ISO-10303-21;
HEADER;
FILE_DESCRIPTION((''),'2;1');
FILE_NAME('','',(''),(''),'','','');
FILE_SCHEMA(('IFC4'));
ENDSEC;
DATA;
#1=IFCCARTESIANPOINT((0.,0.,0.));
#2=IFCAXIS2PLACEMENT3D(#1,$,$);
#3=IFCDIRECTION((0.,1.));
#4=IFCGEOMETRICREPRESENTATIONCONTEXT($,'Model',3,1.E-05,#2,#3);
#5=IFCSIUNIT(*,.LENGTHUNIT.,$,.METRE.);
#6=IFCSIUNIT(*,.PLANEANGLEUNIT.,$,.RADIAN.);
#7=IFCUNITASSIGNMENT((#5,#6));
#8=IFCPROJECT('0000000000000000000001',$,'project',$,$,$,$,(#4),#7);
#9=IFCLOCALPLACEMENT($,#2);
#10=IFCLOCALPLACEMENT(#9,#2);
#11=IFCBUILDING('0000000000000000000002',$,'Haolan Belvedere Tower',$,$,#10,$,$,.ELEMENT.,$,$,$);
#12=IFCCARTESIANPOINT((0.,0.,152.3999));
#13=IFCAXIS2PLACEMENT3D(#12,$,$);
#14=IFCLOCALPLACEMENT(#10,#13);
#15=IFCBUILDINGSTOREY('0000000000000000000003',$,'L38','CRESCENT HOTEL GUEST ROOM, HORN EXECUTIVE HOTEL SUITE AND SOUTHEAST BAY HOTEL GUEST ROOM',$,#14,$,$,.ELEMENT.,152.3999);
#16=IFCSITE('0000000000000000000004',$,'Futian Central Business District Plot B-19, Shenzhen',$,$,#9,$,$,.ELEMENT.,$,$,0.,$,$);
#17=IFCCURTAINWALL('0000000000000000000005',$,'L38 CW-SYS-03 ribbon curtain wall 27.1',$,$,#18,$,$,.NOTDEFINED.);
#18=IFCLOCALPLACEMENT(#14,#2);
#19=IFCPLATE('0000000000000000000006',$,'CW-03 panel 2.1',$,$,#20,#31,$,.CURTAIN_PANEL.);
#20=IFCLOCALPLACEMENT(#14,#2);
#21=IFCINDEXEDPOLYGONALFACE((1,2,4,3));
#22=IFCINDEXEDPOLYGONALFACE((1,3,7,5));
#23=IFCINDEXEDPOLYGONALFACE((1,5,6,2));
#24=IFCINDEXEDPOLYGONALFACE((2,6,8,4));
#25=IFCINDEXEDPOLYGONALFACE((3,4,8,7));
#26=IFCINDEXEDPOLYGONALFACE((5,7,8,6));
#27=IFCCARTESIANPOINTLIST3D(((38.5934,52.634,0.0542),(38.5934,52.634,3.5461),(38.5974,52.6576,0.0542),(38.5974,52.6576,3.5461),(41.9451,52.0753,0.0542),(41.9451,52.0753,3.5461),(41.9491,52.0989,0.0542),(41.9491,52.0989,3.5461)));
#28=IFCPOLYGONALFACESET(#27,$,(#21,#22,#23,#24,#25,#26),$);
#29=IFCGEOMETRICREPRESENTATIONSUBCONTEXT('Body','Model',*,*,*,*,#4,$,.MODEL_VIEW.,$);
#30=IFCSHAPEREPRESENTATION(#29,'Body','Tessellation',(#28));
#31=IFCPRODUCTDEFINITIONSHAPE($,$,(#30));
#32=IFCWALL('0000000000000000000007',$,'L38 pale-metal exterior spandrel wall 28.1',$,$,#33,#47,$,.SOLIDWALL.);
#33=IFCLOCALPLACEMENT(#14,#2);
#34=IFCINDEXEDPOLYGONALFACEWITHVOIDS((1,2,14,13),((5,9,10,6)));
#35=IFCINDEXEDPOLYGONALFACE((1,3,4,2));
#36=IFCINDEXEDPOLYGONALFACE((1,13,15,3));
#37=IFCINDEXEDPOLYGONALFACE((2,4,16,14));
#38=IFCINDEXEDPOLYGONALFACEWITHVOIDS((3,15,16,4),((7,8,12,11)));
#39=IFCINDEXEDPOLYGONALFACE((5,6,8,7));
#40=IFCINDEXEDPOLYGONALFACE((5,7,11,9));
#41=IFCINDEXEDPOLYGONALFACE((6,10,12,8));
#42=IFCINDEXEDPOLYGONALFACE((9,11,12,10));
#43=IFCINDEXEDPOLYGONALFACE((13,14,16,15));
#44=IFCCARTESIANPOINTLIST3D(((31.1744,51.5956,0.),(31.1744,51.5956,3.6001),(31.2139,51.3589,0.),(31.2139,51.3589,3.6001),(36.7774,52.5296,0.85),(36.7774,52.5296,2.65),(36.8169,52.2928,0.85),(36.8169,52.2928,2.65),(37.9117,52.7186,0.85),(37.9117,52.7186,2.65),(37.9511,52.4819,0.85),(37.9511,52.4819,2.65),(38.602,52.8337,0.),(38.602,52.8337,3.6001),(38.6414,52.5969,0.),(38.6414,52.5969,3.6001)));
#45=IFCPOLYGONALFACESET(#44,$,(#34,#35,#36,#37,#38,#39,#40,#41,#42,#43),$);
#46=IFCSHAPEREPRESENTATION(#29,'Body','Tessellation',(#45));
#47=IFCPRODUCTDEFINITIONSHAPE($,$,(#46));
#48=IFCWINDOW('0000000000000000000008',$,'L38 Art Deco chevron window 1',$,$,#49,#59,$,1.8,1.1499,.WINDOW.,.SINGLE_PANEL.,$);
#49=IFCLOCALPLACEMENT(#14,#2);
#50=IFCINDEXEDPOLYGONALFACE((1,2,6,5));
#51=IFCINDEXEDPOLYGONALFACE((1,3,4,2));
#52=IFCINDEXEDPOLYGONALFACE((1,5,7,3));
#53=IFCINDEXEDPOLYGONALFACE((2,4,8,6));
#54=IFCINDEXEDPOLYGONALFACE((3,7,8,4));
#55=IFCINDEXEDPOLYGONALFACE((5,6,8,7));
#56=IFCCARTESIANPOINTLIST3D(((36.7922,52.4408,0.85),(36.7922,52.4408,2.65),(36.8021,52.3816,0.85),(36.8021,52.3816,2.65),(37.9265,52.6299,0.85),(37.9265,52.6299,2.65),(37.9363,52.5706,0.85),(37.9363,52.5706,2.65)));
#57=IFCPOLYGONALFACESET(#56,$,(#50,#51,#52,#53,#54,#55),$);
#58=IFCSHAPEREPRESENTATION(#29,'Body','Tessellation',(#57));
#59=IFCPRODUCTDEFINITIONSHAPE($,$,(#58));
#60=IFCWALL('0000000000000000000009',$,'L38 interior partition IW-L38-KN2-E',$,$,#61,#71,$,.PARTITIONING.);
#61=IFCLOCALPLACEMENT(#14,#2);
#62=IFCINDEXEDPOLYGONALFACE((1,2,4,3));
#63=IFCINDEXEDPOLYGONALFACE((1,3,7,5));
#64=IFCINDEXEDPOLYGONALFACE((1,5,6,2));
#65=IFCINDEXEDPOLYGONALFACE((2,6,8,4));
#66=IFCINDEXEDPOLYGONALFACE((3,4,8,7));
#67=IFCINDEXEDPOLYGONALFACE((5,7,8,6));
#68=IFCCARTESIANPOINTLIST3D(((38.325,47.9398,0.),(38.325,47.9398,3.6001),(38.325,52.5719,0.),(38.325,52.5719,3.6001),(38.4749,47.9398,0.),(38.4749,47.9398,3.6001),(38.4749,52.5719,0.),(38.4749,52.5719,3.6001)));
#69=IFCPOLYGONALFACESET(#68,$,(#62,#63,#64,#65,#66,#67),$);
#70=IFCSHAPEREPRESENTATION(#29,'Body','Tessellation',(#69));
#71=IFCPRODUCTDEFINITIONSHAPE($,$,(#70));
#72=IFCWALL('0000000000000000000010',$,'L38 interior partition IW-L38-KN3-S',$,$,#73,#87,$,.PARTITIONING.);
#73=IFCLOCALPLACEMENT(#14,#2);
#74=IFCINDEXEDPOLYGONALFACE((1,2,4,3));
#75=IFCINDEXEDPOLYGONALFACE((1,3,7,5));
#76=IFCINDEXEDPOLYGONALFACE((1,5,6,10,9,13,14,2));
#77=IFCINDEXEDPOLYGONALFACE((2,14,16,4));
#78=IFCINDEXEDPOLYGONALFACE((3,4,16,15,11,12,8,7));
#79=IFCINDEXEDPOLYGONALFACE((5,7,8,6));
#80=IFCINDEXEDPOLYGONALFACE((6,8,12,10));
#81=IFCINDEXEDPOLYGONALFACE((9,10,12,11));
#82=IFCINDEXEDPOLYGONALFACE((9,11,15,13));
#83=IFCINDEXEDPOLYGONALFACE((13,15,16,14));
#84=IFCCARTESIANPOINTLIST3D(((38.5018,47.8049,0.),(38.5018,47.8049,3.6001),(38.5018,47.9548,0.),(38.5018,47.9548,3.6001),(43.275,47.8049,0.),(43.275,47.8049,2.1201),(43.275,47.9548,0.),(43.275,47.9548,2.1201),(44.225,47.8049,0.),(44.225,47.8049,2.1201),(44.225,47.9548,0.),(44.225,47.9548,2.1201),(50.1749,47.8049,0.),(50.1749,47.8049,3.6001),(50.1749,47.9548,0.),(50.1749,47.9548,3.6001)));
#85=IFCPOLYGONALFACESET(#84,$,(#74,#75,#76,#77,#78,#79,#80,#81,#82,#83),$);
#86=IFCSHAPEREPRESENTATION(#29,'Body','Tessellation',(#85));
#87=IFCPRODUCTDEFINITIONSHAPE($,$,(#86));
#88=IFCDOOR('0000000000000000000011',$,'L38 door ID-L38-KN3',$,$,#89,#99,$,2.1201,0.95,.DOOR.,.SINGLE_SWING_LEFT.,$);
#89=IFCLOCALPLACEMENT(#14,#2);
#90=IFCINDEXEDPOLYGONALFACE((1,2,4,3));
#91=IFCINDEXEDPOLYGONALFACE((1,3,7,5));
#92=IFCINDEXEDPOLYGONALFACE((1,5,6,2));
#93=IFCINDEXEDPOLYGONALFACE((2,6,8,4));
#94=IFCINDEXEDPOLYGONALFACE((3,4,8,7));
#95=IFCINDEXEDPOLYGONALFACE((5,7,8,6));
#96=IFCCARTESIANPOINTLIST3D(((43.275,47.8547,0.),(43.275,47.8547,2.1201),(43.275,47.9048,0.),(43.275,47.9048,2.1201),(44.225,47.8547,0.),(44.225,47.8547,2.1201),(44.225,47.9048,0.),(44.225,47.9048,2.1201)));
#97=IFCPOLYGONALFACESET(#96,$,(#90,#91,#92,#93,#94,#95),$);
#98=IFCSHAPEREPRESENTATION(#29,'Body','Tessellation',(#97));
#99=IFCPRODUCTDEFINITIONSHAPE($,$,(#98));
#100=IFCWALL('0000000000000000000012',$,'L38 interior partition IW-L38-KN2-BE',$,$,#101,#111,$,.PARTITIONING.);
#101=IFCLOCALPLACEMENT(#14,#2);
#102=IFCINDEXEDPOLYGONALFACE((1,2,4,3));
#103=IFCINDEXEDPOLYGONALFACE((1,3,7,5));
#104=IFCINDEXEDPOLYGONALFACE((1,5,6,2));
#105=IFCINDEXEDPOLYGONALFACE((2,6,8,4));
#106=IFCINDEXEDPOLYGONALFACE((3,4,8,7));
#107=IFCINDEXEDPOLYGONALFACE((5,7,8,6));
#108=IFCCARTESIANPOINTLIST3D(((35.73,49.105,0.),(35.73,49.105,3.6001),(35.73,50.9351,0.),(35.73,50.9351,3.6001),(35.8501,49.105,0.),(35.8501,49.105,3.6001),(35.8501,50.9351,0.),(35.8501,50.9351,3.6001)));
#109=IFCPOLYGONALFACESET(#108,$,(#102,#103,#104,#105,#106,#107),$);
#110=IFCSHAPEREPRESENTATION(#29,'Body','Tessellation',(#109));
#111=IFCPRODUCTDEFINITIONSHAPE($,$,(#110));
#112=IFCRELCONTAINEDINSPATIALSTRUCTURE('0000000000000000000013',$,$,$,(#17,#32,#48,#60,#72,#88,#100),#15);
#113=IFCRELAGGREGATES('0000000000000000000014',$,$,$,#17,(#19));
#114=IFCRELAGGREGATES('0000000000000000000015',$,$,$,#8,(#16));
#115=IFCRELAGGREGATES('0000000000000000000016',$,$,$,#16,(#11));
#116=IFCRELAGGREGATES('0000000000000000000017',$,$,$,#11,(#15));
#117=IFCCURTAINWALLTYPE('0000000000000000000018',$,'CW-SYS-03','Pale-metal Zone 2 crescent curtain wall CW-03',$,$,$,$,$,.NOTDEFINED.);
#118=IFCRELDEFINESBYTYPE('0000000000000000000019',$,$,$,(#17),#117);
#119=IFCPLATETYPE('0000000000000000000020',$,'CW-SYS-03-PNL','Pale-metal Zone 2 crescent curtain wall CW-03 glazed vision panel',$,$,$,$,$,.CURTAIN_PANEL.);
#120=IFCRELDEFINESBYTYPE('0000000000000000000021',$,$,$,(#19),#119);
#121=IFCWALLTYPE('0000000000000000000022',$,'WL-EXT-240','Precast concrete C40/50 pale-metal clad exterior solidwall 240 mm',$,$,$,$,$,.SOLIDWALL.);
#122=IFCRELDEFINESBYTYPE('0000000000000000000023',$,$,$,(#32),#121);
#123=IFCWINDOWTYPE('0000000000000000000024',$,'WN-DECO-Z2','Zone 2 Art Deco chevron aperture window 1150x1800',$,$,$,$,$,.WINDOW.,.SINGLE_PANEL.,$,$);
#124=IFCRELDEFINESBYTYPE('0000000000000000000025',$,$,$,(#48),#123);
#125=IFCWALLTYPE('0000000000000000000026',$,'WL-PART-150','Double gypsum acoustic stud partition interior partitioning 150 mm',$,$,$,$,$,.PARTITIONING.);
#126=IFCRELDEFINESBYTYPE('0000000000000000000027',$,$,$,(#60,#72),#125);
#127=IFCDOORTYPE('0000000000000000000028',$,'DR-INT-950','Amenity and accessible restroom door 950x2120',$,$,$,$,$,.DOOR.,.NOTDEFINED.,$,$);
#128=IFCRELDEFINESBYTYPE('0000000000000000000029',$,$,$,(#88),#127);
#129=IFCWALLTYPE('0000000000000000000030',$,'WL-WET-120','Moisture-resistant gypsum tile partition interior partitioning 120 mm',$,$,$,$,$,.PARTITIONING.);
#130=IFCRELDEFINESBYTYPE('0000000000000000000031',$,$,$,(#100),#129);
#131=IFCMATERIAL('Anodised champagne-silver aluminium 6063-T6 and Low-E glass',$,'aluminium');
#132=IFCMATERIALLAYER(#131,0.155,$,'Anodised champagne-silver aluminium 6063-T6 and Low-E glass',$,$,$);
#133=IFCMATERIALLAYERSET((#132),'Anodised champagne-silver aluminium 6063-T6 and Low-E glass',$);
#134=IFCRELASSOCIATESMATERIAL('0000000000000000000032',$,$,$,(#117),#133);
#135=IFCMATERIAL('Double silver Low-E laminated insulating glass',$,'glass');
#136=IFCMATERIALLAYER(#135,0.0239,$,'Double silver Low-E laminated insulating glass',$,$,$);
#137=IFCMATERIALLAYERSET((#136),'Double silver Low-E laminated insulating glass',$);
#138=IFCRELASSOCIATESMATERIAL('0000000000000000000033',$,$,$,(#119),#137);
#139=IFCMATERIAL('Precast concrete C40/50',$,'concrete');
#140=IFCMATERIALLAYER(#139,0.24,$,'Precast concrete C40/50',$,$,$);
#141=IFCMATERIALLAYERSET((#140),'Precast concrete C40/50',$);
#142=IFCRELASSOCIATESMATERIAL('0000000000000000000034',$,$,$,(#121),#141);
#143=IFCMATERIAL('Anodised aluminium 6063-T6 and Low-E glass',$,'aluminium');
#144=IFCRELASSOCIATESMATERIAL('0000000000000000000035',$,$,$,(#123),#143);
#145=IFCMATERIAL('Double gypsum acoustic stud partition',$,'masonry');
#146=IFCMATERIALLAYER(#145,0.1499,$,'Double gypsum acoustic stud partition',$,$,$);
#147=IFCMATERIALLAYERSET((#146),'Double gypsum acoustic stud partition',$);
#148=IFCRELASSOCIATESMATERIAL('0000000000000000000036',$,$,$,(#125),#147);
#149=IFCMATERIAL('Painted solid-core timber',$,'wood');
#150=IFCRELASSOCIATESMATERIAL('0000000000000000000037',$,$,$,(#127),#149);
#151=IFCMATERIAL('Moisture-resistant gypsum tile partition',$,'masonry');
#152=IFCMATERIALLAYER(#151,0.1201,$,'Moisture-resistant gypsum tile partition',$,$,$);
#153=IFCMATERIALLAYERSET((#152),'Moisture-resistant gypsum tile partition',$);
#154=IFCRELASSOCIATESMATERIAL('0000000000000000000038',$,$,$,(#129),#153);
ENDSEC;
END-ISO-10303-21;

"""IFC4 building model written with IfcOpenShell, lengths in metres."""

from ifc_helpers import new_model, si_unit, direction, frame, frame_2d, origin, origin_2d, place, context, subcontext, project, spatial, rectangle, extrude, material, layer, layer_set, type_object, element, fill, aggregate, save


model = new_model("IFC4")

# Units and contexts
model_context = context("Model", 3, precision=1e-05, world=origin(), true_north=direction((0.0, 1.0)))
body_context = subcontext(model_context, "Body", "Model", "MODEL_VIEW")
ifc_project = project(units=[si_unit("LENGTHUNIT", "METRE"), si_unit("PLANEANGLEUNIT", "RADIAN")], contexts=[model_context])

# Site, building, storey
site_placement = place(None, origin())
site = spatial("IfcSite", under=ifc_project, at=site_placement, Name="Futian Central Business District Plot B-19, Shenzhen", CompositionType="ELEMENT", RefElevation=0.0)
building_placement = place(site_placement, origin())
building = spatial("IfcBuilding", under=site, at=building_placement, Name="Haolan Belvedere Tower", CompositionType="ELEMENT")
storey_placement = place(building_placement, frame((0.0, 0.0, 152.3999)))
storey = spatial("IfcBuildingStorey", under=building, at=storey_placement, Name="L38", Description="CRESCENT HOTEL GUEST ROOM, HORN EXECUTIVE HOTEL SUITE AND SOUTHEAST BAY HOTEL GUEST ROOM", CompositionType="ELEMENT", Elevation=152.3999)

# Shared definitions
ifc_material_1 = material(Name="Anodised champagne-silver aluminium 6063-T6 and Low-E glass", Category="aluminium")
ifc_layer_1 = layer(ifc_material_1, 0.155, Name="Anodised champagne-silver aluminium 6063-T6 and Low-E glass")
ifc_layer_set_1 = layer_set([ifc_layer_1], Name="Anodised champagne-silver aluminium 6063-T6 and Low-E glass")
curtain_wall_type = type_object("IfcCurtainWallType", Name="CW-SYS-03", Description="Pale-metal Zone 2 crescent curtain wall CW-03", PredefinedType="NOTDEFINED", material=ifc_layer_set_1)

# Curtain wall, plate
curtain_wall_1_placement = place(storey_placement, origin())
curtain_wall_1 = element("IfcCurtainWall", 1, at=curtain_wall_1_placement, inside=storey, type_object=curtain_wall_type, Name="L38 CW-SYS-03 ribbon curtain wall 27.1", PredefinedType="NOTDEFINED")
ifc_material_2 = material(Name="Double silver Low-E laminated insulating glass", Category="glass")
ifc_layer_2 = layer(ifc_material_2, 0.0239, Name="Double silver Low-E laminated insulating glass")
ifc_layer_set_2 = layer_set([ifc_layer_2], Name="Double silver Low-E laminated insulating glass")
plate_type = type_object("IfcPlateType", Name="CW-SYS-03-PNL", Description="Pale-metal Zone 2 crescent curtain wall CW-03 glazed vision panel", PredefinedType="CURTAIN_PANEL", material=ifc_layer_set_2)
plate_1_placement = place(storey_placement, frame((40.2712, 52.3665, 0.0542), z_axis=(0.0, 0.0, 1.0), x_axis=(-0.986393, 0.164404, 0.0)))
plate_1 = element("IfcPlate", 2, at=plate_1_placement, type_object=plate_type, Name="CW-03 panel 2.1", PredefinedType="CURTAIN_PANEL", context=body_context, shape_type="SweptSolid", body=[
    extrude(rectangle(XDim=3.3979, YDim=0.0239, at=origin_2d()), origin(), (0.0, 0.0, 1.0), 3.4919),
])
aggregate(curtain_wall_1, [plate_1])

# Wall, opening, window
ifc_material_3 = material(Name="Precast concrete C40/50", Category="concrete")
ifc_layer_3 = layer(ifc_material_3, 0.24, Name="Precast concrete C40/50")
ifc_layer_set_3 = layer_set([ifc_layer_3], Name="Precast concrete C40/50")
wall_type_1 = type_object("IfcWallType", Name="WL-EXT-240", Description="Precast concrete C40/50 pale-metal clad exterior solidwall 240 mm", PredefinedType="SOLIDWALL", material=ifc_layer_set_3)
wall_1_placement = place(storey_placement, frame((38.6218, 52.7153, 0.0), z_axis=(0.0, 0.0, 1.0), x_axis=(-0.986391, -0.164415, 0.0)))
wall_1 = element("IfcWall", 3, at=wall_1_placement, inside=storey, type_object=wall_type_1, Name="L38 pale-metal exterior spandrel wall 28.1", PredefinedType="SOLIDWALL", context=body_context, shape_type="SweptSolid", body=[
    extrude(rectangle(XDim=7.53, YDim=0.24, at=frame_2d((3.7651, 0.0))), origin(), (0.0, 0.0, 1.0), 3.6001),
])
opening_1_placement = place(wall_1_placement, frame((0.7, 0.0, 0.8501)))
opening_1 = element("IfcOpeningElement", 4, at=opening_1_placement, cuts=wall_1, PredefinedType="OPENING", context=body_context, shape_type="SweptSolid", body=[
    extrude(rectangle(XDim=1.1499, YDim=1.8, at=frame_2d((0.575, 0.8999))), frame((0.0, 0.1299, 0.0), z_axis=(0.0, -1.0, 0.0), x_axis=(1.0, 0.0, 0.0)), (0.0, 0.0, 1.0), 0.26),
])
ifc_material_4 = material(Name="Anodised aluminium 6063-T6 and Low-E glass", Category="aluminium")
window_type = type_object("IfcWindowType", Name="WN-DECO-Z2", Description="Zone 2 Art Deco chevron aperture window 1150x1800", PartitioningType="SINGLE_PANEL", PredefinedType="WINDOW", material=ifc_material_4)
window_placement = place(opening_1_placement, origin())
window = element("IfcWindow", 5, at=window_placement, inside=storey, type_object=window_type, Name="L38 Art Deco chevron window 1", OverallHeight=1.8, OverallWidth=1.1499, PartitioningType="SINGLE_PANEL", PredefinedType="WINDOW", context=body_context, shape_type="SweptSolid", body=[
    extrude(rectangle(XDim=1.1499, YDim=1.8, at=frame_2d((0.575, 0.8999))), frame((0.0, 0.03, 0.0), z_axis=(0.0, -1.0, 0.0), x_axis=(1.0, 0.0, 0.0)), (0.0, 0.0, 1.0), 0.0601),
])
fill(opening_1, window)

# Wall
ifc_material_5 = material(Name="Double gypsum acoustic stud partition", Category="masonry")
ifc_layer_4 = layer(ifc_material_5, 0.1499, Name="Double gypsum acoustic stud partition")
ifc_layer_set_4 = layer_set([ifc_layer_4], Name="Double gypsum acoustic stud partition")
wall_type_2 = type_object("IfcWallType", Name="WL-PART-150", Description="Double gypsum acoustic stud partition interior partitioning 150 mm", PredefinedType="PARTITIONING", material=ifc_layer_set_4)
wall_2_placement = place(storey_placement, frame((38.3999, 47.9399, 0.0), z_axis=(0.0, 0.0, 1.0), x_axis=(0.0, 1.0, 0.0)))
element("IfcWall", 6, at=wall_2_placement, inside=storey, type_object=wall_type_2, Name="L38 interior partition IW-L38-KN2-E", PredefinedType="PARTITIONING", context=body_context, shape_type="SweptSolid", body=[
    extrude(rectangle(XDim=4.6321, YDim=0.1499, at=frame_2d((2.3159, 0.0))), origin(), (0.0, 0.0, 1.0), 3.6001),
])

# Wall, opening, door
wall_3_placement = place(storey_placement, frame((38.502, 47.8799, 0.0), z_axis=(0.0, 0.0, 1.0), x_axis=(1.0, 0.0, 0.0)))
wall_3 = element("IfcWall", 7, at=wall_3_placement, inside=storey, type_object=wall_type_2, Name="L38 interior partition IW-L38-KN3-S", PredefinedType="PARTITIONING", context=body_context, shape_type="SweptSolid", body=[
    extrude(rectangle(XDim=11.6731, YDim=0.1499, at=frame_2d((5.8364, 0.0))), origin(), (0.0, 0.0, 1.0), 3.6001),
])
opening_2_placement = place(wall_3_placement, frame((4.7729, 0.0, 0.0)))
opening_2 = element("IfcOpeningElement", 8, at=opening_2_placement, cuts=wall_3, PredefinedType="OPENING", context=body_context, shape_type="SweptSolid", body=[
    extrude(rectangle(XDim=0.95, YDim=2.1201, at=frame_2d((0.4751, 1.0601))), frame((0.0, 0.085, 0.0), z_axis=(0.0, -1.0, 0.0), x_axis=(1.0, 0.0, 0.0)), (0.0, 0.0, 1.0), 0.1699),
])
ifc_material_6 = material(Name="Painted solid-core timber", Category="wood")
door_type_1 = type_object("IfcDoorType", Name="DR-INT-950", Description="Amenity and accessible restroom door 950x2120", OperationType="NOTDEFINED", PredefinedType="DOOR", material=ifc_material_6)
door_1_placement = place(opening_2_placement, origin())
door_1 = element("IfcDoor", 9, at=door_1_placement, inside=storey, type_object=door_type_1, Name="L38 door ID-L38-KN3", OperationType="SINGLE_SWING_LEFT", OverallHeight=2.1201, OverallWidth=0.95, PredefinedType="DOOR", context=body_context, shape_type="SweptSolid", body=[
    extrude(rectangle(XDim=0.95, YDim=2.1201, at=frame_2d((0.4751, 1.0601))), frame((0.0, 0.0249, 0.0), z_axis=(0.0, -1.0, 0.0), x_axis=(1.0, 0.0, 0.0)), (0.0, 0.0, 1.0), 0.05),
])
fill(opening_2, door_1)

# Wall
ifc_material_7 = material(Name="Moisture-resistant gypsum tile partition", Category="masonry")
ifc_layer_5 = layer(ifc_material_7, 0.1201, Name="Moisture-resistant gypsum tile partition")
ifc_layer_set_5 = layer_set([ifc_layer_5], Name="Moisture-resistant gypsum tile partition")
wall_type_3 = type_object("IfcWallType", Name="WL-WET-120", Description="Moisture-resistant gypsum tile partition interior partitioning 120 mm", PredefinedType="PARTITIONING", material=ifc_layer_set_5)
wall_4_placement = place(storey_placement, frame((35.79, 49.105, 0.0), z_axis=(0.0, 0.0, 1.0), x_axis=(0.0, 1.0, 0.0)))
element("IfcWall", 10, at=wall_4_placement, inside=storey, type_object=wall_type_3, Name="L38 interior partition IW-L38-KN2-BE", PredefinedType="PARTITIONING", context=body_context, shape_type="SweptSolid", body=[
    extrude(rectangle(XDim=1.8301, YDim=0.1201, at=frame_2d((0.915, 0.0))), origin(), (0.0, 0.0, 1.0), 3.6001),
])

save(model, "model.ifc")
